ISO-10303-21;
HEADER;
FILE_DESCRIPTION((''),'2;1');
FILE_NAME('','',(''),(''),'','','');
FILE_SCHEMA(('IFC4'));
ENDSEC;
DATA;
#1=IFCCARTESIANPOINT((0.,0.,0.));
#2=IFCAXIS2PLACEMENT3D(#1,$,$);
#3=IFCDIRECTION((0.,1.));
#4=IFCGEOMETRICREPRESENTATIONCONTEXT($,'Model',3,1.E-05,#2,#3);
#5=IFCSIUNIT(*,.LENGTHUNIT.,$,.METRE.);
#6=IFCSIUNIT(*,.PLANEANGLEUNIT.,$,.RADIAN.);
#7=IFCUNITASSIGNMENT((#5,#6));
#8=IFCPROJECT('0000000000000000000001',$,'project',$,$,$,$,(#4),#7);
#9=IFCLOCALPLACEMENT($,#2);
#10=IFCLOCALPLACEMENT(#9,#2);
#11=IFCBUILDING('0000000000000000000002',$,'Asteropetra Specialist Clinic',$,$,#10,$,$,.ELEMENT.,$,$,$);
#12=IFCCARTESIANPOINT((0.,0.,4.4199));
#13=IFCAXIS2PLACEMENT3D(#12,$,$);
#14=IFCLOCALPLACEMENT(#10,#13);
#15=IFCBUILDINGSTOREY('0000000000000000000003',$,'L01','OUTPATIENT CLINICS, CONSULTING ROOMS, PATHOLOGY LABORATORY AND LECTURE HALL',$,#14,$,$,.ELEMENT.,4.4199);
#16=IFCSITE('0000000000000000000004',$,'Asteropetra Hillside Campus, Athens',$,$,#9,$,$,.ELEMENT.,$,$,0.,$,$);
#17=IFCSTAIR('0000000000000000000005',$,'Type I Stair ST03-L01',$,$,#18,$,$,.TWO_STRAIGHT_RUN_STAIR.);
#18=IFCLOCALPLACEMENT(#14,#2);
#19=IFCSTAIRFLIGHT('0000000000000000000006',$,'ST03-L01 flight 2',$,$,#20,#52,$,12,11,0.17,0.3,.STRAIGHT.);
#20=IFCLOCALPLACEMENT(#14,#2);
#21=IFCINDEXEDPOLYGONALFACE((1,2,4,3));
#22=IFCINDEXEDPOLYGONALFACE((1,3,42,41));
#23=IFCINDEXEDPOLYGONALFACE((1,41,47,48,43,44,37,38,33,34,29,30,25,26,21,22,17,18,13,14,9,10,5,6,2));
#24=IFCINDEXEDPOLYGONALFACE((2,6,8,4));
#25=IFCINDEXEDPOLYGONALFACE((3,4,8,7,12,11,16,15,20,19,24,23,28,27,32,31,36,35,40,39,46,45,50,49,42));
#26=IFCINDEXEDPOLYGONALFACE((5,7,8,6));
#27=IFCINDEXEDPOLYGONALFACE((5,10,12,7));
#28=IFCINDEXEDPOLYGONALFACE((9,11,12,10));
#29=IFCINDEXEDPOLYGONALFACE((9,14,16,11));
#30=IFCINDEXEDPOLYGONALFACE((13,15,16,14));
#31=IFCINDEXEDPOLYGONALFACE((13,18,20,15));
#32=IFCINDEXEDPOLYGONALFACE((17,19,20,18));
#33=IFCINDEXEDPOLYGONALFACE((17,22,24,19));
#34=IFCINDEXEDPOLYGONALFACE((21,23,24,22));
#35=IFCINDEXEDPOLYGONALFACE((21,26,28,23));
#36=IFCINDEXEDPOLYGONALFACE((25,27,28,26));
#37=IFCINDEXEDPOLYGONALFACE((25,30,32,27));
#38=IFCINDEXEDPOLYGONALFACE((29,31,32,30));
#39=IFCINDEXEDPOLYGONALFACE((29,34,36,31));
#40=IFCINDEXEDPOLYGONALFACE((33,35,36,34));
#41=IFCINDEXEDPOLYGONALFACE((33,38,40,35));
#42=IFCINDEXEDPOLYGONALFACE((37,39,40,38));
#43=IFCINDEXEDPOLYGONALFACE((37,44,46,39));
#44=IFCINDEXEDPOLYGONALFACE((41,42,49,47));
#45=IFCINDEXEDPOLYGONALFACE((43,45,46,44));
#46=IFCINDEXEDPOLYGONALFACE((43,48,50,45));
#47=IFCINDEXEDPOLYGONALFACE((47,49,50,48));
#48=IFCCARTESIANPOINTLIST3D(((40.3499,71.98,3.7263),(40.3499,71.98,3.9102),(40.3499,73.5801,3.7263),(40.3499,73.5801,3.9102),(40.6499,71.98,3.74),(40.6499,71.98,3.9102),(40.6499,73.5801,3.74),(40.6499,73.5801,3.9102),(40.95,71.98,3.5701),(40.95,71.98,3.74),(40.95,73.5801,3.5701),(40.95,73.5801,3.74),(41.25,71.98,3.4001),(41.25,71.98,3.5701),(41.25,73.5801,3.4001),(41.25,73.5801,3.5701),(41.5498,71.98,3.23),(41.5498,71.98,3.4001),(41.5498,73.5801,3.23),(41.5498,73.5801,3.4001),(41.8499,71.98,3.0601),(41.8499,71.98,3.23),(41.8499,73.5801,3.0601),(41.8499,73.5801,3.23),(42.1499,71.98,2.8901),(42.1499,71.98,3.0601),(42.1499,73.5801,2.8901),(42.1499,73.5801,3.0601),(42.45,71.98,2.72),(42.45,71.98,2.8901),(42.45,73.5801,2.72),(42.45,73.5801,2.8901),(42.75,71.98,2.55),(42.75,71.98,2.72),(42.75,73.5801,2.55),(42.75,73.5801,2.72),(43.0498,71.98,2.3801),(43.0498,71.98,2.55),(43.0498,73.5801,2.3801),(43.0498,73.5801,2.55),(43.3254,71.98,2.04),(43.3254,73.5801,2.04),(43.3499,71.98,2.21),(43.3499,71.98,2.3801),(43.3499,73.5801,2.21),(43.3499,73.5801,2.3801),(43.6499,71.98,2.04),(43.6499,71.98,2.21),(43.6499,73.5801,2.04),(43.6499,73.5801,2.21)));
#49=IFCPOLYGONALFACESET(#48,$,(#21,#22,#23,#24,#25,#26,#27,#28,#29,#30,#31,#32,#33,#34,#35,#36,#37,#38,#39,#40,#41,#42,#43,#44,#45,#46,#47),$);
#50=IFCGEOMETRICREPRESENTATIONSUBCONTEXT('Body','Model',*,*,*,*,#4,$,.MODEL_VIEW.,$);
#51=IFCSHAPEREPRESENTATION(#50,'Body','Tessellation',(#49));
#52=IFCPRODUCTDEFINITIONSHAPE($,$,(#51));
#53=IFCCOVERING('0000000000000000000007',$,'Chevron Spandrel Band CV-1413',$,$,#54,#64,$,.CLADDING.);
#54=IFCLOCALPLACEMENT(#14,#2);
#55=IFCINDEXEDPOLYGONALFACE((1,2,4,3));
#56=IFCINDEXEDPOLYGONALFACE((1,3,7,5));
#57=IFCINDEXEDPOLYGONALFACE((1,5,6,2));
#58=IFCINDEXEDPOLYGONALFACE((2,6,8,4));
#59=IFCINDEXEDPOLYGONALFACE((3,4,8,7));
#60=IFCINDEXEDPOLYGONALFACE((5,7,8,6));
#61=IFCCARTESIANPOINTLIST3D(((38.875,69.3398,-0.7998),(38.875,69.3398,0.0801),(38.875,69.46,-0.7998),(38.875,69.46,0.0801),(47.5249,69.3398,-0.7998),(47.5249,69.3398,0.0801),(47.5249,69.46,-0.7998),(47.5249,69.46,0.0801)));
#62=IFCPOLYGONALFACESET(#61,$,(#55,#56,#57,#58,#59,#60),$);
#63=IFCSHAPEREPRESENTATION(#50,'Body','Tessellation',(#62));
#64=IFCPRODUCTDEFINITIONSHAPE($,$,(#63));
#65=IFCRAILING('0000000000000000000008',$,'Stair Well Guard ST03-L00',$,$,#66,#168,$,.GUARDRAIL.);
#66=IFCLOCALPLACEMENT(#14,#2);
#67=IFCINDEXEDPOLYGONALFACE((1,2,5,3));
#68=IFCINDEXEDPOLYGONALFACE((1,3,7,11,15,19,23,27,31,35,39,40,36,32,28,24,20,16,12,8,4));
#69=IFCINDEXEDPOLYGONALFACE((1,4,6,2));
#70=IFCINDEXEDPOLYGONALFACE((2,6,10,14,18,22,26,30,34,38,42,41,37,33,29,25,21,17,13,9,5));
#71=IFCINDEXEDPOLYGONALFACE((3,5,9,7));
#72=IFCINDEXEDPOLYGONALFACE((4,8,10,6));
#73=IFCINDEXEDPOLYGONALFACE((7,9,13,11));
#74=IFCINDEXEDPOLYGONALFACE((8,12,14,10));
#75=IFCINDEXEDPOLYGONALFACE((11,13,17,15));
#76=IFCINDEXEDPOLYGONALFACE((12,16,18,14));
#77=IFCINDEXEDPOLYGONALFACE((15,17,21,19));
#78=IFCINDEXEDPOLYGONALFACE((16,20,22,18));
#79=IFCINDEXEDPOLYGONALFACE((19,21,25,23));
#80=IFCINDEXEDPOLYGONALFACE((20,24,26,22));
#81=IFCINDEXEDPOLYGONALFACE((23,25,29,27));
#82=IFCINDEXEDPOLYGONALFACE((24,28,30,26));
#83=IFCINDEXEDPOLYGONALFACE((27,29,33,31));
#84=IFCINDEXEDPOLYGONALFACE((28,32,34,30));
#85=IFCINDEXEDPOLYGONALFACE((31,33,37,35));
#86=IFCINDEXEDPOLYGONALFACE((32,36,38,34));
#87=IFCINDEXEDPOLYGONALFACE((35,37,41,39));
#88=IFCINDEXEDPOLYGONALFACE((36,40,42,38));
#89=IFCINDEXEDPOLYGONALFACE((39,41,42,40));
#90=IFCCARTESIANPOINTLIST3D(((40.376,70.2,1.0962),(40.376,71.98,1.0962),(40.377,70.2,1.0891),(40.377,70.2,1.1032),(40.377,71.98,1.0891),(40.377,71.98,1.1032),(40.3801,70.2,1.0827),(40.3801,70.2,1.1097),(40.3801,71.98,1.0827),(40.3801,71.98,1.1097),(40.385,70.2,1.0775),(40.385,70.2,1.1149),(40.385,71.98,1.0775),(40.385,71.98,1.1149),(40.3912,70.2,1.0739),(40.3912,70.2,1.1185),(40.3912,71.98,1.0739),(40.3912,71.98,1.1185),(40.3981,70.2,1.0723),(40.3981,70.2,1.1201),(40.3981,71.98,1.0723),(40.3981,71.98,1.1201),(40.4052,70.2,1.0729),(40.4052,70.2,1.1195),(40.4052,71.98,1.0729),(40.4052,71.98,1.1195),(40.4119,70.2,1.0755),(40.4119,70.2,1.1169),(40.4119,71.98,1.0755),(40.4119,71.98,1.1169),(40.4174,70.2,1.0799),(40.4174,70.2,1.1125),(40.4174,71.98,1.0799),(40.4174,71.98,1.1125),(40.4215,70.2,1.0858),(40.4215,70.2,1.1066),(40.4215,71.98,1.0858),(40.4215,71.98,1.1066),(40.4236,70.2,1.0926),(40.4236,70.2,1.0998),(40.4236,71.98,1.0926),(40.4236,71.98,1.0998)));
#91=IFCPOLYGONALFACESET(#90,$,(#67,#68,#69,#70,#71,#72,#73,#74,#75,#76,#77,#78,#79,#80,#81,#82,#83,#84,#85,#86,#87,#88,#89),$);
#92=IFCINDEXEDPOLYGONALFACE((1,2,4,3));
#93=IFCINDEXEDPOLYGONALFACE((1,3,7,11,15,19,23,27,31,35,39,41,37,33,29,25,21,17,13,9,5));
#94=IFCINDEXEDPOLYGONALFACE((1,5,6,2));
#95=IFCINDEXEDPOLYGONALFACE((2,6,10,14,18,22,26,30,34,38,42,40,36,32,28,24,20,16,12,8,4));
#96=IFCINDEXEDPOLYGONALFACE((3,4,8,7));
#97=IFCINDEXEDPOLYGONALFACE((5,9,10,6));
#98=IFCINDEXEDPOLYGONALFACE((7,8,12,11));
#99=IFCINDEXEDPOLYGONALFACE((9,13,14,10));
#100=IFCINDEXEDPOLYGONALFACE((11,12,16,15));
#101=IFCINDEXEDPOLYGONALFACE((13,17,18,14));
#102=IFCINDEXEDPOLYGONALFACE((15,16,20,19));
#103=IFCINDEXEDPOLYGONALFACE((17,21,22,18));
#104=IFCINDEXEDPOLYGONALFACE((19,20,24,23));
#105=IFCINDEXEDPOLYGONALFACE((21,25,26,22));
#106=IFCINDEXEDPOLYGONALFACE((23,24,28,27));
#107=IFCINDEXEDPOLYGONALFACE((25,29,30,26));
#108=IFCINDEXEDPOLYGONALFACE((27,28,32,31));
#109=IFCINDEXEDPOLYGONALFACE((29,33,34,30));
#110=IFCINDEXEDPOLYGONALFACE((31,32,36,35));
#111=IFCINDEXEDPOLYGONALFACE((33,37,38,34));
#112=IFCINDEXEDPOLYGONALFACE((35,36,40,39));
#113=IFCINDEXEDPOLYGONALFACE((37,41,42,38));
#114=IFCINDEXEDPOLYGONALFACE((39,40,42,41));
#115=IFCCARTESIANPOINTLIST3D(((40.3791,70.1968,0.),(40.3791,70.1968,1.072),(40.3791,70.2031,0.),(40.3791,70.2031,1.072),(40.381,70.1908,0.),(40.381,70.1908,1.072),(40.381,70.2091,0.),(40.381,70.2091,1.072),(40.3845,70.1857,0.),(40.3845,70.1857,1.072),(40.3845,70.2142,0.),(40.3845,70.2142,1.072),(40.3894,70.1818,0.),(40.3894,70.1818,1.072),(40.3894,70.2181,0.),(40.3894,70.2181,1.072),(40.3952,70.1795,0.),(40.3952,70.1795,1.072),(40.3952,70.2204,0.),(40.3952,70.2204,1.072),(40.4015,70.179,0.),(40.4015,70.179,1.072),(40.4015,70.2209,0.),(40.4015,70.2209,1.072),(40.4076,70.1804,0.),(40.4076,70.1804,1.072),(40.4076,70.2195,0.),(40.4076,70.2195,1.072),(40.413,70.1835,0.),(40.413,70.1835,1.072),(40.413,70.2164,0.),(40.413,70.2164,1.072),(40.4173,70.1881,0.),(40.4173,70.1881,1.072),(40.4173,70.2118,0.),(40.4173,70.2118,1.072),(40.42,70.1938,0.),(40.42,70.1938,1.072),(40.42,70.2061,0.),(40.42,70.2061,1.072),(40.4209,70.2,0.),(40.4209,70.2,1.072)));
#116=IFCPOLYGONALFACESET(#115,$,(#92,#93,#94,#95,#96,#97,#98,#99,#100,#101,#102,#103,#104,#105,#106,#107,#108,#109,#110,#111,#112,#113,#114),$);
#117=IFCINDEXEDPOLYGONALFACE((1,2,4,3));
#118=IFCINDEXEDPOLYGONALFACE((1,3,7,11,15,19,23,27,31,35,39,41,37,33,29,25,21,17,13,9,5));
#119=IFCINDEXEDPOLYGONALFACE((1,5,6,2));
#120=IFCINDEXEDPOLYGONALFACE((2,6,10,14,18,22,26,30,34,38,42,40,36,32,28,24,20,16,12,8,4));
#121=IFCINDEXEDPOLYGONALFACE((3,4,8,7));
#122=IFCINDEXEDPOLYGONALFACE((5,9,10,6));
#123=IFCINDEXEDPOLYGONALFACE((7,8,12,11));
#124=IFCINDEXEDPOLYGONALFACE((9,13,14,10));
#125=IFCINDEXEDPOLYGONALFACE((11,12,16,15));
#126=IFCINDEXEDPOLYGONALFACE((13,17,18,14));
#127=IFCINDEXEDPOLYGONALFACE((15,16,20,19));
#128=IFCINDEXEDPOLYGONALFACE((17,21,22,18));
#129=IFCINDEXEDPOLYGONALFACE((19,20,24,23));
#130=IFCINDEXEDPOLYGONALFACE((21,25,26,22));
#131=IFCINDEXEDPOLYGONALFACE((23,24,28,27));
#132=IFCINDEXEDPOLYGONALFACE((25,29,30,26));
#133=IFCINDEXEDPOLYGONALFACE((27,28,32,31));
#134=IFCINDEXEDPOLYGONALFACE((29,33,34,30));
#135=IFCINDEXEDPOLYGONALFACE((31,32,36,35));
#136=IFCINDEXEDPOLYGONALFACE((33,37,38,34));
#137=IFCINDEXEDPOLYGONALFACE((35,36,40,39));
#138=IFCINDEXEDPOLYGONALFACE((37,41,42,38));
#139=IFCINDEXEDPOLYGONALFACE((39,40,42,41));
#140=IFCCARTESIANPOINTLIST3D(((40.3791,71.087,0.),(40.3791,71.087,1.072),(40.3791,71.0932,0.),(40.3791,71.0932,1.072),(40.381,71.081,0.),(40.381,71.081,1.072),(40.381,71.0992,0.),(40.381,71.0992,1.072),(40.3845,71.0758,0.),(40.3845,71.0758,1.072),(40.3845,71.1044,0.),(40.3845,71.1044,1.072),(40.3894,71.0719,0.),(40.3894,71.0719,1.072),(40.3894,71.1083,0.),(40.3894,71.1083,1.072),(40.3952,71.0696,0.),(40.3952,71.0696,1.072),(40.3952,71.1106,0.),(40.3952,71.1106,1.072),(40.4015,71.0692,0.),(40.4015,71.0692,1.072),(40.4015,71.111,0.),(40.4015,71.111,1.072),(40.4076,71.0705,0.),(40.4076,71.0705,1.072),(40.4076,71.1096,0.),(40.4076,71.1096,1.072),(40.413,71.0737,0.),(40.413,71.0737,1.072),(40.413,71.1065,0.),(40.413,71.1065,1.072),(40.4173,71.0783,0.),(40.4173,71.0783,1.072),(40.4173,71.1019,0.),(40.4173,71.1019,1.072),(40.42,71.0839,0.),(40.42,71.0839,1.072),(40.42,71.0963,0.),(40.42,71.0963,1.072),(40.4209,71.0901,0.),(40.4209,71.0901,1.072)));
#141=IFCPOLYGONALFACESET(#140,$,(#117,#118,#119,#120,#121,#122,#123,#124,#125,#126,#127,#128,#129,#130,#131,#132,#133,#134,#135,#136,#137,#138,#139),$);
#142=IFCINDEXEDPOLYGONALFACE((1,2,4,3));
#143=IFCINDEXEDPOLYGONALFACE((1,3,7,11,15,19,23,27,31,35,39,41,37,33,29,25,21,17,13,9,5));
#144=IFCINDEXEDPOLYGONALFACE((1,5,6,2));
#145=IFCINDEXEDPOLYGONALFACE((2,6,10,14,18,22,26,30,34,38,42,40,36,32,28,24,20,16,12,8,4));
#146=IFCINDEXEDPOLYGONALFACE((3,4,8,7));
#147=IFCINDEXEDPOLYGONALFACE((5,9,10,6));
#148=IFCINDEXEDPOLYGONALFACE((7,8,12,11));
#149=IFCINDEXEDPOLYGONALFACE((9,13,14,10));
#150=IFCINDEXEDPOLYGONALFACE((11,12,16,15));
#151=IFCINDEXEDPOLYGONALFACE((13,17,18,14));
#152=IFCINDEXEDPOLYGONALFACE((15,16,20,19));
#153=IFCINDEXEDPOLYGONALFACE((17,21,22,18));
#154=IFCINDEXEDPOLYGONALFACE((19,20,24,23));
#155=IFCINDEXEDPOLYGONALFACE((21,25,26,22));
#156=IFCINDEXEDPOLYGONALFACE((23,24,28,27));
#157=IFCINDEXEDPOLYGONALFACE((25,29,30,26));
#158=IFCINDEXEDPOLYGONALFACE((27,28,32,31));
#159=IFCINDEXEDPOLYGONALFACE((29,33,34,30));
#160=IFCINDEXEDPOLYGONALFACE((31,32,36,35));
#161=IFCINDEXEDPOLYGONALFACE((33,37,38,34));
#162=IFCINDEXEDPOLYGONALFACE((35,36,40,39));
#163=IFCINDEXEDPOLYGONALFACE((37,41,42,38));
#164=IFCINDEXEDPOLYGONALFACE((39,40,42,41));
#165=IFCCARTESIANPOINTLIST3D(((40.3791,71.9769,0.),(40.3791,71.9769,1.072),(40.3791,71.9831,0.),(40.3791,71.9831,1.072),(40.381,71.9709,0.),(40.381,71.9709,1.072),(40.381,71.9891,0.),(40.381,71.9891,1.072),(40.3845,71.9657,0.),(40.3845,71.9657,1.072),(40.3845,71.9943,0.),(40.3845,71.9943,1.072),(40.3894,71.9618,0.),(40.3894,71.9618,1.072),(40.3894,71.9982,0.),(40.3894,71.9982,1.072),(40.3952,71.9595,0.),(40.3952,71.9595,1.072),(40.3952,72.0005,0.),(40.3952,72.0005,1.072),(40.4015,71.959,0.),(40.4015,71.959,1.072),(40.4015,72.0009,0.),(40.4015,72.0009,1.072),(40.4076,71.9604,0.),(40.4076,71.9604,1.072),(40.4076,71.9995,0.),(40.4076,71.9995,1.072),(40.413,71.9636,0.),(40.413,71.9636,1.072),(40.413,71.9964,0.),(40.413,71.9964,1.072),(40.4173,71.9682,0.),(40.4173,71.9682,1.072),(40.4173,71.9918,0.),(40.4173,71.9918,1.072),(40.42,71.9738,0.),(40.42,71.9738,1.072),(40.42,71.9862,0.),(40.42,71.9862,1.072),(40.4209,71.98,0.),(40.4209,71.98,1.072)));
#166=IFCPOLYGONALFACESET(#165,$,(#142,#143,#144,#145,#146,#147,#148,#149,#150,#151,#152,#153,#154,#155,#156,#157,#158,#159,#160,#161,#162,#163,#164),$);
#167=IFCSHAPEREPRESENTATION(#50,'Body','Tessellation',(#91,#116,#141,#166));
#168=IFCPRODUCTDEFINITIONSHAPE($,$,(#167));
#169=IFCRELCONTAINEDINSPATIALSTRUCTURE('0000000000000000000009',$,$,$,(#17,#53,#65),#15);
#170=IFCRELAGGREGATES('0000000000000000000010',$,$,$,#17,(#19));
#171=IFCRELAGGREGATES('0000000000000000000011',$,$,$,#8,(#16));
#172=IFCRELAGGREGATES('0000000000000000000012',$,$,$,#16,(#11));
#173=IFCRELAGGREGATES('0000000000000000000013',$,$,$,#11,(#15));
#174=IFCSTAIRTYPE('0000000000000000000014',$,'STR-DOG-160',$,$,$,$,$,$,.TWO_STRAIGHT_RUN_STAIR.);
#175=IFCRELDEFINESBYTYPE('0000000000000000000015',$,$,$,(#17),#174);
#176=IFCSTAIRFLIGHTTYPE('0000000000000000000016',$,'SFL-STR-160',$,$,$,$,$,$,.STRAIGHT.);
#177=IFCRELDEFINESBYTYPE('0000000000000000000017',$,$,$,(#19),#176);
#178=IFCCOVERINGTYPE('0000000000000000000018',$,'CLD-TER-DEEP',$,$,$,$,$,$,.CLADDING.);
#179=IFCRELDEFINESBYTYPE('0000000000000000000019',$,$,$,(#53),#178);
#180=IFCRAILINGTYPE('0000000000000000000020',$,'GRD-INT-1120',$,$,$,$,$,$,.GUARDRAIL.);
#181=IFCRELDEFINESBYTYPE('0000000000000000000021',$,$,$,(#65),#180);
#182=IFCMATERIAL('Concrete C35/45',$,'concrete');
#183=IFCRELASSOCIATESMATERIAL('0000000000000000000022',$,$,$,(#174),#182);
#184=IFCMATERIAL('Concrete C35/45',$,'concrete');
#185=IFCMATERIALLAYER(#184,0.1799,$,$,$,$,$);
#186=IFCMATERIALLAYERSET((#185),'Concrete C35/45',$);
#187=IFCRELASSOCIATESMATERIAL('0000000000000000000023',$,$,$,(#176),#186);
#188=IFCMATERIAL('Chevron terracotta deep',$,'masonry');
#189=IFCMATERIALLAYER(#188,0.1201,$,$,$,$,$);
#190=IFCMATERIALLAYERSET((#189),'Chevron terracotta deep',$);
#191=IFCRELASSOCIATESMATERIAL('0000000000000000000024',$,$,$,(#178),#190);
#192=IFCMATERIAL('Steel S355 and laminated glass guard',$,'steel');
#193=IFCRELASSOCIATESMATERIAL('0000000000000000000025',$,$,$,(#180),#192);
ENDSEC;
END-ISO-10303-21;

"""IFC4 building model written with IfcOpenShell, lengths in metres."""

from ifc_helpers import new_model, si_unit, direction, frame, origin, origin_2d, place, context, subcontext, project, spatial, polyline, rectangle, circle, outline, extrude, material, layer, layer_set, type_object, element, aggregate, save


model = new_model("IFC4")

# Units and contexts
model_context = context("Model", 3, precision=1e-05, world=origin(), true_north=direction((0.0, 1.0)))
body_context = subcontext(model_context, "Body", "Model", "MODEL_VIEW")
ifc_project = project(units=[si_unit("LENGTHUNIT", "METRE"), si_unit("PLANEANGLEUNIT", "RADIAN")], contexts=[model_context])

# Site, building, storey
site_placement = place(None, origin())
site = spatial("IfcSite", under=ifc_project, at=site_placement, Name="Asteropetra Hillside Campus, Athens", CompositionType="ELEMENT", RefElevation=0.0)
building_placement = place(site_placement, origin())
building = spatial("IfcBuilding", under=site, at=building_placement, Name="Asteropetra Specialist Clinic", CompositionType="ELEMENT")
storey_placement = place(building_placement, frame((0.0, 0.0, 4.4199)))
storey = spatial("IfcBuildingStorey", under=building, at=storey_placement, Name="L01", Description="OUTPATIENT CLINICS, CONSULTING ROOMS, PATHOLOGY LABORATORY AND LECTURE HALL", CompositionType="ELEMENT", Elevation=4.4199)

# Stair, stair flight
ifc_material_1 = material(Name="Concrete C35/45", Category="concrete")
stair_type = type_object("IfcStairType", Name="STR-DOG-160", PredefinedType="TWO_STRAIGHT_RUN_STAIR", material=ifc_material_1)
stair_placement = place(storey_placement, origin())
stair = element("IfcStair", 1, at=stair_placement, inside=storey, type_object=stair_type, Name="Type I Stair ST03-L01", PredefinedType="TWO_STRAIGHT_RUN_STAIR")
ifc_material_2 = material(Name="Concrete C35/45", Category="concrete")
ifc_layer_1 = layer(ifc_material_2, 0.1799)
ifc_layer_set_1 = layer_set([ifc_layer_1], Name="Concrete C35/45")
stair_flight_type = type_object("IfcStairFlightType", Name="SFL-STR-160", PredefinedType="STRAIGHT", material=ifc_layer_set_1)
stair_flight_1_placement = place(storey_placement, frame((43.6499, 72.78, 2.04), z_axis=(0.0, 0.0, 1.0), x_axis=(-1.0, 0.0, 0.0)))
stair_flight_1 = element("IfcStairFlight", 2, at=stair_flight_1_placement, type_object=stair_flight_type, Name="ST03-L01 flight 2", NumberOfRisers=12, NumberOfTreads=11, PredefinedType="STRAIGHT", RiserHeight=0.17, TreadLength=0.3, context=body_context, shape_type="SweptSolid", body=[
    extrude(outline(polyline([(0.0, 0.0), (0.0, 0.1699), (0.3, 0.1699), (0.3, 0.3401), (0.6001, 0.3401), (0.6001, 0.51), (0.8999, 0.51), (0.8999, 0.6799), (1.2, 0.6799), (1.2, 0.8501), (1.5, 0.8501), (1.5, 1.02), (1.8, 1.02), (1.8, 1.1899), (2.1001, 1.1899), (2.1001, 1.3601), (2.3999, 1.3601), (2.3999, 1.53), (2.7, 1.53), (2.7, 1.7), (3.0, 1.7), (3.0, 1.8701), (3.3, 1.8701), (3.3, 2.04), (3.3, 1.6863), (0.3245, 0.0), (0.0, 0.0)])), frame((0.0, 0.8, 0.0), z_axis=(0.0, -1.0, 0.0), x_axis=(1.0, 0.0, 0.0)), (0.0, 0.0, 1.0), 1.6001),
])
aggregate(stair, [stair_flight_1])

# Covering
ifc_material_3 = material(Name="Chevron terracotta deep", Category="masonry")
ifc_layer_2 = layer(ifc_material_3, 0.1201)
ifc_layer_set_2 = layer_set([ifc_layer_2], Name="Chevron terracotta deep")
covering_type = type_object("IfcCoveringType", Name="CLD-TER-DEEP", PredefinedType="CLADDING", material=ifc_layer_set_2)
covering_placement = place(storey_placement, frame((43.2, 69.3999, -0.7998), z_axis=(0.0, 0.0, 1.0), x_axis=(1.0, 0.0, 0.0)))
element("IfcCovering", 3, at=covering_placement, inside=storey, type_object=covering_type, Name="Chevron Spandrel Band CV-1413", PredefinedType="CLADDING", context=body_context, shape_type="SweptSolid", body=[
    extrude(rectangle(XDim=8.6499, YDim=0.1201, at=origin_2d()), origin(), (0.0, 0.0, 1.0), 0.8799),
])

# Railing
ifc_material_4 = material(Name="Steel S355 and laminated glass guard", Category="steel")
railing_type_1 = type_object("IfcRailingType", Name="GRD-INT-1120", PredefinedType="GUARDRAIL", material=ifc_material_4)
railing_1_placement = place(storey_placement, frame((40.3999, 70.2, 0.0)))
element("IfcRailing", 4, at=railing_1_placement, inside=storey, type_object=railing_type_1, Name="Stair Well Guard ST03-L00", PredefinedType="GUARDRAIL", context=body_context, shape_type="SweptSolid", body=[
    extrude(circle(Radius=0.0239, at=origin_2d()), frame((0.0, 0.0, 1.0962), z_axis=(0.0, 1.0, 0.0), x_axis=(-1.0, 0.0, 0.0)), (0.0, 0.0, 1.0), 1.78),
    extrude(circle(Radius=0.021, at=origin_2d()), origin(), (0.0, 0.0, 1.0), 1.072),
    extrude(circle(Radius=0.021, at=origin_2d()), frame((0.0, 0.8901, 0.0)), (0.0, 0.0, 1.0), 1.072),
    extrude(circle(Radius=0.021, at=origin_2d()), frame((0.0, 1.78, 0.0)), (0.0, 0.0, 1.0), 1.072),
])

save(model, "model.ifc")
